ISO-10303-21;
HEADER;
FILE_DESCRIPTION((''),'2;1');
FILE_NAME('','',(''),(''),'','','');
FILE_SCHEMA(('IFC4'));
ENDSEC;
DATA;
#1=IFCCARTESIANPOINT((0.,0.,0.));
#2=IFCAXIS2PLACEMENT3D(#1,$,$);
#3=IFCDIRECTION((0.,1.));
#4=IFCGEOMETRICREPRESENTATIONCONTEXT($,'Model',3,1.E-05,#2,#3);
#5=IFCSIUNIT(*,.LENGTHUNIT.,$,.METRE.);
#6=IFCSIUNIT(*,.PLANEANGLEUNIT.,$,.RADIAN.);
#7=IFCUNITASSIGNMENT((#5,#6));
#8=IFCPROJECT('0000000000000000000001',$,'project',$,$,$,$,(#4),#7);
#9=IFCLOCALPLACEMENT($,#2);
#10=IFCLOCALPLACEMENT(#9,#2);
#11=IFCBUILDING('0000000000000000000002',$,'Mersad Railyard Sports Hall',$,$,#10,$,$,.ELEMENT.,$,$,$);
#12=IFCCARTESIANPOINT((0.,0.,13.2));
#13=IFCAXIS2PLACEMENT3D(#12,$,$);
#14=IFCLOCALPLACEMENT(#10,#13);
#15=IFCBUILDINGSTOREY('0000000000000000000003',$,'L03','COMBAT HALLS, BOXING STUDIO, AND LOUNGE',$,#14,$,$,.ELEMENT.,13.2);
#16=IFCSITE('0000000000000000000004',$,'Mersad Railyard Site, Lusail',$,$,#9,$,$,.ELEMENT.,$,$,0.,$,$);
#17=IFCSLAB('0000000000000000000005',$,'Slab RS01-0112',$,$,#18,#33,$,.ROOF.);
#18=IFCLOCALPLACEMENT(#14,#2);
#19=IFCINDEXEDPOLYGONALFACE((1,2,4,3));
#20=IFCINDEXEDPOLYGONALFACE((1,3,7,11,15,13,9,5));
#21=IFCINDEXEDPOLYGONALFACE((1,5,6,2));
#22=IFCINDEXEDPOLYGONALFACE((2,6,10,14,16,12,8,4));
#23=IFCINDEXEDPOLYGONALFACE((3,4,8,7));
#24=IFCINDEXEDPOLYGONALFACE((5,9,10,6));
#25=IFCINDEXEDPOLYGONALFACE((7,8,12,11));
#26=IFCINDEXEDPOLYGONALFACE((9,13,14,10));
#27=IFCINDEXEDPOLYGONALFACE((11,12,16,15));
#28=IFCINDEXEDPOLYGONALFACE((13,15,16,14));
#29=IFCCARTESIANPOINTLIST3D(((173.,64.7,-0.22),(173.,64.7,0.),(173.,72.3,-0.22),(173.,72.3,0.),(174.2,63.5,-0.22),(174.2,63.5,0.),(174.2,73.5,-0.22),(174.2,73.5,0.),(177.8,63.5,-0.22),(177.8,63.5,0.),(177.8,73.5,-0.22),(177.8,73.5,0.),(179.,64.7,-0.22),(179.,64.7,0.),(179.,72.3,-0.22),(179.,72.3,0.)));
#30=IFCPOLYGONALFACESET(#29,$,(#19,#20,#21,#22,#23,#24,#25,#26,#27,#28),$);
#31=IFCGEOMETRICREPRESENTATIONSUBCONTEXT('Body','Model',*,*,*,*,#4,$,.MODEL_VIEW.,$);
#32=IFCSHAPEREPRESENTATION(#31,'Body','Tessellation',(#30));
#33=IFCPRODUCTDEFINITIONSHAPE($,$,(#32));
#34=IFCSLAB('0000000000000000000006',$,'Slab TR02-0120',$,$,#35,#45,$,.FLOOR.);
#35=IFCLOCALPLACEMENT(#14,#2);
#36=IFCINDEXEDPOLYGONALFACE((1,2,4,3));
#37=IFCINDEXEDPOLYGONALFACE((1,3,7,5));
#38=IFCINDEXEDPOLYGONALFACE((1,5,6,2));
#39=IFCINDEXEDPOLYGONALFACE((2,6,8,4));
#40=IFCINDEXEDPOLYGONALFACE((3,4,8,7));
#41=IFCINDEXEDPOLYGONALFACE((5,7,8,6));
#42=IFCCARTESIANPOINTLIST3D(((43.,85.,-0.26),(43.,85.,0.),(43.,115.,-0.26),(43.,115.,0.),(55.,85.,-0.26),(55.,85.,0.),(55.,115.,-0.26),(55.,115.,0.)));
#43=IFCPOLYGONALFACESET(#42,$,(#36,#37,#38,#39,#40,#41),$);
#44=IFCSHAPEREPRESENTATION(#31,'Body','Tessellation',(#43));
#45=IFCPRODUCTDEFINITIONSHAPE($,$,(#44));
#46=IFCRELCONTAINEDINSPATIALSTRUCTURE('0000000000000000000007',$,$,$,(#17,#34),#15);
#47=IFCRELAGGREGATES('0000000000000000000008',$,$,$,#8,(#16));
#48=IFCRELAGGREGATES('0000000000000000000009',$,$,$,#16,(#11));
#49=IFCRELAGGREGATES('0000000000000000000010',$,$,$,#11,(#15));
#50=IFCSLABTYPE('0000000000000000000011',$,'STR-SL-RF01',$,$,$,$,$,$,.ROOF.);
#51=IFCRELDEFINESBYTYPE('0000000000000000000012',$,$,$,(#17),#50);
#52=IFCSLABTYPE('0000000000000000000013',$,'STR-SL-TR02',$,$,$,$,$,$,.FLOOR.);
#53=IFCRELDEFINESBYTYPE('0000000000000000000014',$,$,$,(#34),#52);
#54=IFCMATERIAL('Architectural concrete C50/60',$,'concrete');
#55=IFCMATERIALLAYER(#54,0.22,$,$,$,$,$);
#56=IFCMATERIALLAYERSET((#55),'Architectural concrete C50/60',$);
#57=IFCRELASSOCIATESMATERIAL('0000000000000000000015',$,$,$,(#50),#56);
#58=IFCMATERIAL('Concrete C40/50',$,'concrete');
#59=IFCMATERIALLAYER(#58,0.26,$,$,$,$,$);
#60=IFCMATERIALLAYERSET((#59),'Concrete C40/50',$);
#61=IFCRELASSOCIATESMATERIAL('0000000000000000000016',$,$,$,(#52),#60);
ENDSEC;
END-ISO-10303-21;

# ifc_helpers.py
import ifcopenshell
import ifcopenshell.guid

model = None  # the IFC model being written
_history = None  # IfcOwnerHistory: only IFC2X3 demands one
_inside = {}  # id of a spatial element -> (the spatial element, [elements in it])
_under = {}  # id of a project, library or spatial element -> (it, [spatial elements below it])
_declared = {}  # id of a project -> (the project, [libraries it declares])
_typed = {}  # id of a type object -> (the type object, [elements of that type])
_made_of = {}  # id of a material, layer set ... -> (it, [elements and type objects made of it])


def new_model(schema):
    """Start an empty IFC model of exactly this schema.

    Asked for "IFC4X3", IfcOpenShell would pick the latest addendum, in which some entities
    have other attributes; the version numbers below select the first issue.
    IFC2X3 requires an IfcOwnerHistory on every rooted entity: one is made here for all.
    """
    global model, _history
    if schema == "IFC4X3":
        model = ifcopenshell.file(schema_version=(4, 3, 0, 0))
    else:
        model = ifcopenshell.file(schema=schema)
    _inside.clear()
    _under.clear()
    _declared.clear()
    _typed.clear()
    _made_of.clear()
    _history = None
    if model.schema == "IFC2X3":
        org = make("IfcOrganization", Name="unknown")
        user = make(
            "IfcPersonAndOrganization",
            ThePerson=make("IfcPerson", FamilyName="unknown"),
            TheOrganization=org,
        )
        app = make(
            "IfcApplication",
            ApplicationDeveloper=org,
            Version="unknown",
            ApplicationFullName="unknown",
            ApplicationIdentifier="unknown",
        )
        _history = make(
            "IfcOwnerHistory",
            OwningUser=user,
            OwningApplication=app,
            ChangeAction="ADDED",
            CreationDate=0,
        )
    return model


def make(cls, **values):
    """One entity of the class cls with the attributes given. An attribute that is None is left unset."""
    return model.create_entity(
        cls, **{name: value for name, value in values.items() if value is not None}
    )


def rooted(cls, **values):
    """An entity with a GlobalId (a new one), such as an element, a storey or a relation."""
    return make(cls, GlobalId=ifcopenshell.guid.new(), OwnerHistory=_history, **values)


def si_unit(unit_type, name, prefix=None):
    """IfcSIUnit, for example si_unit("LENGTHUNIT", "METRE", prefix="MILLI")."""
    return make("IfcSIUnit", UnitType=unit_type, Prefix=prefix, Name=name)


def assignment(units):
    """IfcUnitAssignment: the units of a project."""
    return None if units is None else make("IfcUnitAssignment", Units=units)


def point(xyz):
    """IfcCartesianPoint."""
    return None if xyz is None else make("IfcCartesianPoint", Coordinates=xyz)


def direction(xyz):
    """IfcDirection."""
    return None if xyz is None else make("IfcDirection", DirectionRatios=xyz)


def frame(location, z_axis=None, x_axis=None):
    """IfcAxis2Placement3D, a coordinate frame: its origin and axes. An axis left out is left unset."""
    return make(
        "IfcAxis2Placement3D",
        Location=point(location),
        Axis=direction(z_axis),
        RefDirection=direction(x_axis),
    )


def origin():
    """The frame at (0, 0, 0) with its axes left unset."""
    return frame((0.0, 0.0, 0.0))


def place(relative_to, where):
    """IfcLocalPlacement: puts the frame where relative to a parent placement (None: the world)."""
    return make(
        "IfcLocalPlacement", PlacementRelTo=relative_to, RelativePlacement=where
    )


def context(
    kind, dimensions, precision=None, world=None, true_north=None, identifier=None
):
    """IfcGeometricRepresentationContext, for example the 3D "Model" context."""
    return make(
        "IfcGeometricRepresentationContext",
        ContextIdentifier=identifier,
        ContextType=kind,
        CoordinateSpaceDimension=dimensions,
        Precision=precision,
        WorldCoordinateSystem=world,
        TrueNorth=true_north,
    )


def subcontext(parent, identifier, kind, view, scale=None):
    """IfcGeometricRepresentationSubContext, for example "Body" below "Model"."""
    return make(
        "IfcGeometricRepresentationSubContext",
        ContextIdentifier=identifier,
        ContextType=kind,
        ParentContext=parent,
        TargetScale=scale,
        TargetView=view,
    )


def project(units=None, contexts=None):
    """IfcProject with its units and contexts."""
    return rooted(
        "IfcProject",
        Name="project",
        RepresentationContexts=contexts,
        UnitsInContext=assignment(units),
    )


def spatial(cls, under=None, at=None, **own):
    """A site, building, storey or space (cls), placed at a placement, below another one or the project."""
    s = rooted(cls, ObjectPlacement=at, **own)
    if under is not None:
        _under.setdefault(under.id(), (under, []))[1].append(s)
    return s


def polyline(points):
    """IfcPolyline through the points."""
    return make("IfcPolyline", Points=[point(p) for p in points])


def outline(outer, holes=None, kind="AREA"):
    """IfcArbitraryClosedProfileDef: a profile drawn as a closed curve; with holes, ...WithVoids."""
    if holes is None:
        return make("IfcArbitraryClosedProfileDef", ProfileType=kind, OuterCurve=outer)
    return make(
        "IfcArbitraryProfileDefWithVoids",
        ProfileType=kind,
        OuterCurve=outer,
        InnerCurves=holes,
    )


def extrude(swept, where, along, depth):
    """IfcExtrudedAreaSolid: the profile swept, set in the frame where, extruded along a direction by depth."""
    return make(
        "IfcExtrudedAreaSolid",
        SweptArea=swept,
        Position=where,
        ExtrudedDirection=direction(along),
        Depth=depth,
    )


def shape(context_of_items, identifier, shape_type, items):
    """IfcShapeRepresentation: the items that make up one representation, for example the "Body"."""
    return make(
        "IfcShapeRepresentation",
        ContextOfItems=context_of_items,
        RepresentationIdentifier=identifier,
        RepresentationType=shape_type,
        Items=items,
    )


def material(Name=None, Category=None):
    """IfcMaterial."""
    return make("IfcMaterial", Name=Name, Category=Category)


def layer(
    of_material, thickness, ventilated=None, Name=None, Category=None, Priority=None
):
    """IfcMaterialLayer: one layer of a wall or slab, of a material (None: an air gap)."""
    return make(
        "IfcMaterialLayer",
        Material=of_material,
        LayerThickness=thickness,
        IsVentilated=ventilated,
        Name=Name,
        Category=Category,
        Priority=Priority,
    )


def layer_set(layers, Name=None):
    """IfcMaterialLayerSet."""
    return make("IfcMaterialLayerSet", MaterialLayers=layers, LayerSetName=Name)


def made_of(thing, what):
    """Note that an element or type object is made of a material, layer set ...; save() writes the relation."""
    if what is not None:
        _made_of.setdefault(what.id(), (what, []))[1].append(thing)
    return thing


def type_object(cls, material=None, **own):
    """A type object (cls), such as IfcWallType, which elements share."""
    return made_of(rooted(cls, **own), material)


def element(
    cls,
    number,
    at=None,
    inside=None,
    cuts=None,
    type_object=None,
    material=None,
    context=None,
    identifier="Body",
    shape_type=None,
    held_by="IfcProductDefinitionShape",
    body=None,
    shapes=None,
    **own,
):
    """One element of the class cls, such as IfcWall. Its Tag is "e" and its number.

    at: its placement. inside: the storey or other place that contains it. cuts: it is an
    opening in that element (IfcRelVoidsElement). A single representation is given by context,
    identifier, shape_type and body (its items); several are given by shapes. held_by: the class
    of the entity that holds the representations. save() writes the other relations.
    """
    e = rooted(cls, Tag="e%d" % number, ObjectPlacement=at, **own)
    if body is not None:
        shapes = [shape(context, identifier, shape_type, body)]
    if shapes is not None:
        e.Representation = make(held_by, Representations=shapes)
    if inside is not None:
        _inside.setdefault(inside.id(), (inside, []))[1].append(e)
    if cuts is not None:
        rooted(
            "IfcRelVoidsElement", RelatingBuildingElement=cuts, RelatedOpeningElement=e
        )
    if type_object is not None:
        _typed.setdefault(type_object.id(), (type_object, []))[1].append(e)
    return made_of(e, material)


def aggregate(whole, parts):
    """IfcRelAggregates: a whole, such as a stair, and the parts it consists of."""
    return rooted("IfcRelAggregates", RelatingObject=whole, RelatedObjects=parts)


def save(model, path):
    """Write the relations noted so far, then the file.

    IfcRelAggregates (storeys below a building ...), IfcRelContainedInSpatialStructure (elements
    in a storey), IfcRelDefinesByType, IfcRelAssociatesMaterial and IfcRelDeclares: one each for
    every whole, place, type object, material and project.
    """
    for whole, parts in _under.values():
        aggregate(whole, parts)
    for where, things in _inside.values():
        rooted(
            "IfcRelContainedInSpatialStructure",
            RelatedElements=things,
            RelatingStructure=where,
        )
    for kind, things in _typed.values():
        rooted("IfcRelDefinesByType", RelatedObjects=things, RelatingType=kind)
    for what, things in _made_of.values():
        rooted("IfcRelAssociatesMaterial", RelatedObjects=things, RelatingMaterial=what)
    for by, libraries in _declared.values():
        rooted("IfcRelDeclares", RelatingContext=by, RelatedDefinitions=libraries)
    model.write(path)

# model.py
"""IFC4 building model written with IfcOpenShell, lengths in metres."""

from ifc_helpers import new_model, si_unit, direction, frame, origin, place, context, subcontext, project, spatial, polyline, outline, extrude, material, layer, layer_set, type_object, element, save


model = new_model("IFC4")

# Units and contexts
model_context = context("Model", 3, precision=1e-05, world=origin(), true_north=direction((0.0, 1.0)))
body_context = subcontext(model_context, "Body", "Model", "MODEL_VIEW")
ifc_project = project(units=[si_unit("LENGTHUNIT", "METRE"), si_unit("PLANEANGLEUNIT", "RADIAN")], contexts=[model_context])

# Site, building, storey
site_placement = place(None, origin())
site = spatial("IfcSite", under=ifc_project, at=site_placement, Name="Mersad Railyard Site, Lusail", CompositionType="ELEMENT", RefElevation=0.0)
building_placement = place(site_placement, origin())
building = spatial("IfcBuilding", under=site, at=building_placement, Name="Mersad Railyard Sports Hall", CompositionType="ELEMENT")
storey_placement = place(building_placement, frame((0.0, 0.0, 13.2)))
storey = spatial("IfcBuildingStorey", under=building, at=storey_placement, Name="L03", Description="COMBAT HALLS, BOXING STUDIO, AND LOUNGE", CompositionType="ELEMENT", Elevation=13.2)

# Shared definitions
ifc_material_1 = material(Name="Concrete C40/50", Category="concrete")

# Shared definitions
ifc_material_2 = material(Name="Architectural concrete C50/60", Category="concrete")
ifc_layer_1 = layer(ifc_material_2, 0.22)
ifc_layer_set_1 = layer_set([ifc_layer_1], Name="Architectural concrete C50/60")
slab_type_1 = type_object("IfcSlabType", Name="STR-SL-RF01", PredefinedType="ROOF", material=ifc_layer_set_1)

# Slabs
slab_1_placement = place(storey_placement, frame((0.0, 0.0, -0.22)))
element("IfcSlab", 1, at=slab_1_placement, inside=storey, type_object=slab_type_1, Name="Slab RS01-0112", PredefinedType="ROOF", context=body_context, shape_type="SweptSolid", body=[
    extrude(outline(polyline([(174.2, 63.5), (177.8, 63.5), (179.0, 64.7), (179.0, 72.3), (177.8, 73.5), (174.2, 73.5), (173.0, 72.3), (173.0, 64.7), (174.2, 63.5)])), origin(), (0.0, 0.0, 1.0), 0.22),
])
ifc_layer_2 = layer(ifc_material_1, 0.26)
ifc_layer_set_2 = layer_set([ifc_layer_2], Name="Concrete C40/50")
slab_type_2 = type_object("IfcSlabType", Name="STR-SL-TR02", PredefinedType="FLOOR", material=ifc_layer_set_2)
slab_2_placement = place(storey_placement, frame((0.0, 0.0, -0.26)))
element("IfcSlab", 2, at=slab_2_placement, inside=storey, type_object=slab_type_2, Name="Slab TR02-0120", PredefinedType="FLOOR", context=body_context, shape_type="SweptSolid", body=[
    extrude(outline(polyline([(43.0, 85.0), (55.0, 85.0), (55.0, 115.0), (43.0, 115.0), (43.0, 85.0)])), origin(), (0.0, 0.0, 1.0), 0.26),
])

save(model, "model.ifc")
